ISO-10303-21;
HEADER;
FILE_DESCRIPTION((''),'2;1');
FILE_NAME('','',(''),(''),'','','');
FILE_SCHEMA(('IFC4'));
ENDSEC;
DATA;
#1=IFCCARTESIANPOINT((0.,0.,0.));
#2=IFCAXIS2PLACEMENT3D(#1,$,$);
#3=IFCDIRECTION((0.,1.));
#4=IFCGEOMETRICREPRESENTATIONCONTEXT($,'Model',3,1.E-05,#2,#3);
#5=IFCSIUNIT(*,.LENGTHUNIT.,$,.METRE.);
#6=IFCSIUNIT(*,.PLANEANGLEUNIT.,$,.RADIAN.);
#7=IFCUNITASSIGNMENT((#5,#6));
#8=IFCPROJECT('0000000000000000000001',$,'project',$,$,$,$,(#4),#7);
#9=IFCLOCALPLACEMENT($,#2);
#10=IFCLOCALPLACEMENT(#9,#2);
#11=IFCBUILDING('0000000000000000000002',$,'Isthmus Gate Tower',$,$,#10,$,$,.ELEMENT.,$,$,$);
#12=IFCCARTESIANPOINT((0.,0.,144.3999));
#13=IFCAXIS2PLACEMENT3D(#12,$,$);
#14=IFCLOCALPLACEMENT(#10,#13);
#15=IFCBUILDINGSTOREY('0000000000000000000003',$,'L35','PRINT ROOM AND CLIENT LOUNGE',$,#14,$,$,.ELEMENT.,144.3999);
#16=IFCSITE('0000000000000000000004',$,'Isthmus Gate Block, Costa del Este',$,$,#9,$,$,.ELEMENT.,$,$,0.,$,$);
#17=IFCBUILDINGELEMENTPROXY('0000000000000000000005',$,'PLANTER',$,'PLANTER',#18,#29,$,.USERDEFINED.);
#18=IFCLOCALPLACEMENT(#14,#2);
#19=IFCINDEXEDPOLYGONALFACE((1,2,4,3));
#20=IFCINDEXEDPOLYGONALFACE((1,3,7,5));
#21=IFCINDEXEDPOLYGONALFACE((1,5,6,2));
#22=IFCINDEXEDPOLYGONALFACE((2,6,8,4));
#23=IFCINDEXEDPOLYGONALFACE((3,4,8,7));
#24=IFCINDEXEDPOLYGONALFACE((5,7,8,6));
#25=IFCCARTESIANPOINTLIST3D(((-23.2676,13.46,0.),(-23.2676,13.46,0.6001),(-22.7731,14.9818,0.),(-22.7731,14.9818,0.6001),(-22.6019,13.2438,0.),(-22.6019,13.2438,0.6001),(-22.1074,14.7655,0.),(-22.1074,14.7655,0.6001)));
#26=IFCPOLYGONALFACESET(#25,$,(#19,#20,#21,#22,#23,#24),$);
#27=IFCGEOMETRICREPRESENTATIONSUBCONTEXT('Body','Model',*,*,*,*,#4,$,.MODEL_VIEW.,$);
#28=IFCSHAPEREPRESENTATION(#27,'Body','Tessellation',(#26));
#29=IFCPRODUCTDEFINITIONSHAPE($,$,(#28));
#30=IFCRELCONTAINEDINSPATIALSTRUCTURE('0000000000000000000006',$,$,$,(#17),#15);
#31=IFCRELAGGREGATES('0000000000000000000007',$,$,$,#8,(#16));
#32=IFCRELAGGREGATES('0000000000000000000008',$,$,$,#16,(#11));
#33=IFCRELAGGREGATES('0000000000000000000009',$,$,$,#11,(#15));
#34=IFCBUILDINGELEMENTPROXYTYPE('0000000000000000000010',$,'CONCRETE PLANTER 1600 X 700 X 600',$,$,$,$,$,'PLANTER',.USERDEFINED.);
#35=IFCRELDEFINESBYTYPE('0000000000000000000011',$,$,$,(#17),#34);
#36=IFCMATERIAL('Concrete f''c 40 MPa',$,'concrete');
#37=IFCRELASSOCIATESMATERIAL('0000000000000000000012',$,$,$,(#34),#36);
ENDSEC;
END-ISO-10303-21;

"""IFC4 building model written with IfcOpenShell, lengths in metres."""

from ifc_helpers import new_model, si_unit, direction, frame, origin, origin_2d, place, context, subcontext, project, spatial, rectangle, extrude, material, type_object, element, save


model = new_model("IFC4")

# Units and contexts
model_context = context("Model", 3, precision=1e-05, world=origin(), true_north=direction((0.0, 1.0)))
body_context = subcontext(model_context, "Body", "Model", "MODEL_VIEW")
ifc_project = project(units=[si_unit("LENGTHUNIT", "METRE"), si_unit("PLANEANGLEUNIT", "RADIAN")], contexts=[model_context])

# Site, building, storey
site_placement = place(None, origin())
site = spatial("IfcSite", under=ifc_project, at=site_placement, Name="Isthmus Gate Block, Costa del Este", CompositionType="ELEMENT", RefElevation=0.0)
building_placement = place(site_placement, origin())
building = spatial("IfcBuilding", under=site, at=building_placement, Name="Isthmus Gate Tower", CompositionType="ELEMENT")
storey_placement = place(building_placement, frame((0.0, 0.0, 144.3999)))
storey = spatial("IfcBuildingStorey", under=building, at=storey_placement, Name="L35", Description="PRINT ROOM AND CLIENT LOUNGE", CompositionType="ELEMENT", Elevation=144.3999)

# Building element proxy
ifc_material_1 = material(Name="Concrete f'c 40 MPa", Category="concrete")
building_element_proxy_type = type_object("IfcBuildingElementProxyType", Name="CONCRETE PLANTER 1600 X 700 X 600", ElementType="PLANTER", PredefinedType="USERDEFINED", material=ifc_material_1)
for number, where, z_axis, x_axis, name in (
    (1, (-22.6875, 14.1128, 0.0), (0.0, 0.0, 1.0), (-0.309017, -0.951057, 0.0), "PLANTER"),
):
    element("IfcBuildingElementProxy", number, at=place(storey_placement, frame(where, z_axis=z_axis, x_axis=x_axis)), inside=storey, type_object=building_element_proxy_type, Name=name, ObjectType="PLANTER", PredefinedType="USERDEFINED", context=body_context, shape_type="SweptSolid", body=[
        extrude(rectangle(XDim=1.6001, YDim=0.7, at=origin_2d()), origin(), (0.0, 0.0, 1.0), 0.6001),
    ])

save(model, "model.ifc")
